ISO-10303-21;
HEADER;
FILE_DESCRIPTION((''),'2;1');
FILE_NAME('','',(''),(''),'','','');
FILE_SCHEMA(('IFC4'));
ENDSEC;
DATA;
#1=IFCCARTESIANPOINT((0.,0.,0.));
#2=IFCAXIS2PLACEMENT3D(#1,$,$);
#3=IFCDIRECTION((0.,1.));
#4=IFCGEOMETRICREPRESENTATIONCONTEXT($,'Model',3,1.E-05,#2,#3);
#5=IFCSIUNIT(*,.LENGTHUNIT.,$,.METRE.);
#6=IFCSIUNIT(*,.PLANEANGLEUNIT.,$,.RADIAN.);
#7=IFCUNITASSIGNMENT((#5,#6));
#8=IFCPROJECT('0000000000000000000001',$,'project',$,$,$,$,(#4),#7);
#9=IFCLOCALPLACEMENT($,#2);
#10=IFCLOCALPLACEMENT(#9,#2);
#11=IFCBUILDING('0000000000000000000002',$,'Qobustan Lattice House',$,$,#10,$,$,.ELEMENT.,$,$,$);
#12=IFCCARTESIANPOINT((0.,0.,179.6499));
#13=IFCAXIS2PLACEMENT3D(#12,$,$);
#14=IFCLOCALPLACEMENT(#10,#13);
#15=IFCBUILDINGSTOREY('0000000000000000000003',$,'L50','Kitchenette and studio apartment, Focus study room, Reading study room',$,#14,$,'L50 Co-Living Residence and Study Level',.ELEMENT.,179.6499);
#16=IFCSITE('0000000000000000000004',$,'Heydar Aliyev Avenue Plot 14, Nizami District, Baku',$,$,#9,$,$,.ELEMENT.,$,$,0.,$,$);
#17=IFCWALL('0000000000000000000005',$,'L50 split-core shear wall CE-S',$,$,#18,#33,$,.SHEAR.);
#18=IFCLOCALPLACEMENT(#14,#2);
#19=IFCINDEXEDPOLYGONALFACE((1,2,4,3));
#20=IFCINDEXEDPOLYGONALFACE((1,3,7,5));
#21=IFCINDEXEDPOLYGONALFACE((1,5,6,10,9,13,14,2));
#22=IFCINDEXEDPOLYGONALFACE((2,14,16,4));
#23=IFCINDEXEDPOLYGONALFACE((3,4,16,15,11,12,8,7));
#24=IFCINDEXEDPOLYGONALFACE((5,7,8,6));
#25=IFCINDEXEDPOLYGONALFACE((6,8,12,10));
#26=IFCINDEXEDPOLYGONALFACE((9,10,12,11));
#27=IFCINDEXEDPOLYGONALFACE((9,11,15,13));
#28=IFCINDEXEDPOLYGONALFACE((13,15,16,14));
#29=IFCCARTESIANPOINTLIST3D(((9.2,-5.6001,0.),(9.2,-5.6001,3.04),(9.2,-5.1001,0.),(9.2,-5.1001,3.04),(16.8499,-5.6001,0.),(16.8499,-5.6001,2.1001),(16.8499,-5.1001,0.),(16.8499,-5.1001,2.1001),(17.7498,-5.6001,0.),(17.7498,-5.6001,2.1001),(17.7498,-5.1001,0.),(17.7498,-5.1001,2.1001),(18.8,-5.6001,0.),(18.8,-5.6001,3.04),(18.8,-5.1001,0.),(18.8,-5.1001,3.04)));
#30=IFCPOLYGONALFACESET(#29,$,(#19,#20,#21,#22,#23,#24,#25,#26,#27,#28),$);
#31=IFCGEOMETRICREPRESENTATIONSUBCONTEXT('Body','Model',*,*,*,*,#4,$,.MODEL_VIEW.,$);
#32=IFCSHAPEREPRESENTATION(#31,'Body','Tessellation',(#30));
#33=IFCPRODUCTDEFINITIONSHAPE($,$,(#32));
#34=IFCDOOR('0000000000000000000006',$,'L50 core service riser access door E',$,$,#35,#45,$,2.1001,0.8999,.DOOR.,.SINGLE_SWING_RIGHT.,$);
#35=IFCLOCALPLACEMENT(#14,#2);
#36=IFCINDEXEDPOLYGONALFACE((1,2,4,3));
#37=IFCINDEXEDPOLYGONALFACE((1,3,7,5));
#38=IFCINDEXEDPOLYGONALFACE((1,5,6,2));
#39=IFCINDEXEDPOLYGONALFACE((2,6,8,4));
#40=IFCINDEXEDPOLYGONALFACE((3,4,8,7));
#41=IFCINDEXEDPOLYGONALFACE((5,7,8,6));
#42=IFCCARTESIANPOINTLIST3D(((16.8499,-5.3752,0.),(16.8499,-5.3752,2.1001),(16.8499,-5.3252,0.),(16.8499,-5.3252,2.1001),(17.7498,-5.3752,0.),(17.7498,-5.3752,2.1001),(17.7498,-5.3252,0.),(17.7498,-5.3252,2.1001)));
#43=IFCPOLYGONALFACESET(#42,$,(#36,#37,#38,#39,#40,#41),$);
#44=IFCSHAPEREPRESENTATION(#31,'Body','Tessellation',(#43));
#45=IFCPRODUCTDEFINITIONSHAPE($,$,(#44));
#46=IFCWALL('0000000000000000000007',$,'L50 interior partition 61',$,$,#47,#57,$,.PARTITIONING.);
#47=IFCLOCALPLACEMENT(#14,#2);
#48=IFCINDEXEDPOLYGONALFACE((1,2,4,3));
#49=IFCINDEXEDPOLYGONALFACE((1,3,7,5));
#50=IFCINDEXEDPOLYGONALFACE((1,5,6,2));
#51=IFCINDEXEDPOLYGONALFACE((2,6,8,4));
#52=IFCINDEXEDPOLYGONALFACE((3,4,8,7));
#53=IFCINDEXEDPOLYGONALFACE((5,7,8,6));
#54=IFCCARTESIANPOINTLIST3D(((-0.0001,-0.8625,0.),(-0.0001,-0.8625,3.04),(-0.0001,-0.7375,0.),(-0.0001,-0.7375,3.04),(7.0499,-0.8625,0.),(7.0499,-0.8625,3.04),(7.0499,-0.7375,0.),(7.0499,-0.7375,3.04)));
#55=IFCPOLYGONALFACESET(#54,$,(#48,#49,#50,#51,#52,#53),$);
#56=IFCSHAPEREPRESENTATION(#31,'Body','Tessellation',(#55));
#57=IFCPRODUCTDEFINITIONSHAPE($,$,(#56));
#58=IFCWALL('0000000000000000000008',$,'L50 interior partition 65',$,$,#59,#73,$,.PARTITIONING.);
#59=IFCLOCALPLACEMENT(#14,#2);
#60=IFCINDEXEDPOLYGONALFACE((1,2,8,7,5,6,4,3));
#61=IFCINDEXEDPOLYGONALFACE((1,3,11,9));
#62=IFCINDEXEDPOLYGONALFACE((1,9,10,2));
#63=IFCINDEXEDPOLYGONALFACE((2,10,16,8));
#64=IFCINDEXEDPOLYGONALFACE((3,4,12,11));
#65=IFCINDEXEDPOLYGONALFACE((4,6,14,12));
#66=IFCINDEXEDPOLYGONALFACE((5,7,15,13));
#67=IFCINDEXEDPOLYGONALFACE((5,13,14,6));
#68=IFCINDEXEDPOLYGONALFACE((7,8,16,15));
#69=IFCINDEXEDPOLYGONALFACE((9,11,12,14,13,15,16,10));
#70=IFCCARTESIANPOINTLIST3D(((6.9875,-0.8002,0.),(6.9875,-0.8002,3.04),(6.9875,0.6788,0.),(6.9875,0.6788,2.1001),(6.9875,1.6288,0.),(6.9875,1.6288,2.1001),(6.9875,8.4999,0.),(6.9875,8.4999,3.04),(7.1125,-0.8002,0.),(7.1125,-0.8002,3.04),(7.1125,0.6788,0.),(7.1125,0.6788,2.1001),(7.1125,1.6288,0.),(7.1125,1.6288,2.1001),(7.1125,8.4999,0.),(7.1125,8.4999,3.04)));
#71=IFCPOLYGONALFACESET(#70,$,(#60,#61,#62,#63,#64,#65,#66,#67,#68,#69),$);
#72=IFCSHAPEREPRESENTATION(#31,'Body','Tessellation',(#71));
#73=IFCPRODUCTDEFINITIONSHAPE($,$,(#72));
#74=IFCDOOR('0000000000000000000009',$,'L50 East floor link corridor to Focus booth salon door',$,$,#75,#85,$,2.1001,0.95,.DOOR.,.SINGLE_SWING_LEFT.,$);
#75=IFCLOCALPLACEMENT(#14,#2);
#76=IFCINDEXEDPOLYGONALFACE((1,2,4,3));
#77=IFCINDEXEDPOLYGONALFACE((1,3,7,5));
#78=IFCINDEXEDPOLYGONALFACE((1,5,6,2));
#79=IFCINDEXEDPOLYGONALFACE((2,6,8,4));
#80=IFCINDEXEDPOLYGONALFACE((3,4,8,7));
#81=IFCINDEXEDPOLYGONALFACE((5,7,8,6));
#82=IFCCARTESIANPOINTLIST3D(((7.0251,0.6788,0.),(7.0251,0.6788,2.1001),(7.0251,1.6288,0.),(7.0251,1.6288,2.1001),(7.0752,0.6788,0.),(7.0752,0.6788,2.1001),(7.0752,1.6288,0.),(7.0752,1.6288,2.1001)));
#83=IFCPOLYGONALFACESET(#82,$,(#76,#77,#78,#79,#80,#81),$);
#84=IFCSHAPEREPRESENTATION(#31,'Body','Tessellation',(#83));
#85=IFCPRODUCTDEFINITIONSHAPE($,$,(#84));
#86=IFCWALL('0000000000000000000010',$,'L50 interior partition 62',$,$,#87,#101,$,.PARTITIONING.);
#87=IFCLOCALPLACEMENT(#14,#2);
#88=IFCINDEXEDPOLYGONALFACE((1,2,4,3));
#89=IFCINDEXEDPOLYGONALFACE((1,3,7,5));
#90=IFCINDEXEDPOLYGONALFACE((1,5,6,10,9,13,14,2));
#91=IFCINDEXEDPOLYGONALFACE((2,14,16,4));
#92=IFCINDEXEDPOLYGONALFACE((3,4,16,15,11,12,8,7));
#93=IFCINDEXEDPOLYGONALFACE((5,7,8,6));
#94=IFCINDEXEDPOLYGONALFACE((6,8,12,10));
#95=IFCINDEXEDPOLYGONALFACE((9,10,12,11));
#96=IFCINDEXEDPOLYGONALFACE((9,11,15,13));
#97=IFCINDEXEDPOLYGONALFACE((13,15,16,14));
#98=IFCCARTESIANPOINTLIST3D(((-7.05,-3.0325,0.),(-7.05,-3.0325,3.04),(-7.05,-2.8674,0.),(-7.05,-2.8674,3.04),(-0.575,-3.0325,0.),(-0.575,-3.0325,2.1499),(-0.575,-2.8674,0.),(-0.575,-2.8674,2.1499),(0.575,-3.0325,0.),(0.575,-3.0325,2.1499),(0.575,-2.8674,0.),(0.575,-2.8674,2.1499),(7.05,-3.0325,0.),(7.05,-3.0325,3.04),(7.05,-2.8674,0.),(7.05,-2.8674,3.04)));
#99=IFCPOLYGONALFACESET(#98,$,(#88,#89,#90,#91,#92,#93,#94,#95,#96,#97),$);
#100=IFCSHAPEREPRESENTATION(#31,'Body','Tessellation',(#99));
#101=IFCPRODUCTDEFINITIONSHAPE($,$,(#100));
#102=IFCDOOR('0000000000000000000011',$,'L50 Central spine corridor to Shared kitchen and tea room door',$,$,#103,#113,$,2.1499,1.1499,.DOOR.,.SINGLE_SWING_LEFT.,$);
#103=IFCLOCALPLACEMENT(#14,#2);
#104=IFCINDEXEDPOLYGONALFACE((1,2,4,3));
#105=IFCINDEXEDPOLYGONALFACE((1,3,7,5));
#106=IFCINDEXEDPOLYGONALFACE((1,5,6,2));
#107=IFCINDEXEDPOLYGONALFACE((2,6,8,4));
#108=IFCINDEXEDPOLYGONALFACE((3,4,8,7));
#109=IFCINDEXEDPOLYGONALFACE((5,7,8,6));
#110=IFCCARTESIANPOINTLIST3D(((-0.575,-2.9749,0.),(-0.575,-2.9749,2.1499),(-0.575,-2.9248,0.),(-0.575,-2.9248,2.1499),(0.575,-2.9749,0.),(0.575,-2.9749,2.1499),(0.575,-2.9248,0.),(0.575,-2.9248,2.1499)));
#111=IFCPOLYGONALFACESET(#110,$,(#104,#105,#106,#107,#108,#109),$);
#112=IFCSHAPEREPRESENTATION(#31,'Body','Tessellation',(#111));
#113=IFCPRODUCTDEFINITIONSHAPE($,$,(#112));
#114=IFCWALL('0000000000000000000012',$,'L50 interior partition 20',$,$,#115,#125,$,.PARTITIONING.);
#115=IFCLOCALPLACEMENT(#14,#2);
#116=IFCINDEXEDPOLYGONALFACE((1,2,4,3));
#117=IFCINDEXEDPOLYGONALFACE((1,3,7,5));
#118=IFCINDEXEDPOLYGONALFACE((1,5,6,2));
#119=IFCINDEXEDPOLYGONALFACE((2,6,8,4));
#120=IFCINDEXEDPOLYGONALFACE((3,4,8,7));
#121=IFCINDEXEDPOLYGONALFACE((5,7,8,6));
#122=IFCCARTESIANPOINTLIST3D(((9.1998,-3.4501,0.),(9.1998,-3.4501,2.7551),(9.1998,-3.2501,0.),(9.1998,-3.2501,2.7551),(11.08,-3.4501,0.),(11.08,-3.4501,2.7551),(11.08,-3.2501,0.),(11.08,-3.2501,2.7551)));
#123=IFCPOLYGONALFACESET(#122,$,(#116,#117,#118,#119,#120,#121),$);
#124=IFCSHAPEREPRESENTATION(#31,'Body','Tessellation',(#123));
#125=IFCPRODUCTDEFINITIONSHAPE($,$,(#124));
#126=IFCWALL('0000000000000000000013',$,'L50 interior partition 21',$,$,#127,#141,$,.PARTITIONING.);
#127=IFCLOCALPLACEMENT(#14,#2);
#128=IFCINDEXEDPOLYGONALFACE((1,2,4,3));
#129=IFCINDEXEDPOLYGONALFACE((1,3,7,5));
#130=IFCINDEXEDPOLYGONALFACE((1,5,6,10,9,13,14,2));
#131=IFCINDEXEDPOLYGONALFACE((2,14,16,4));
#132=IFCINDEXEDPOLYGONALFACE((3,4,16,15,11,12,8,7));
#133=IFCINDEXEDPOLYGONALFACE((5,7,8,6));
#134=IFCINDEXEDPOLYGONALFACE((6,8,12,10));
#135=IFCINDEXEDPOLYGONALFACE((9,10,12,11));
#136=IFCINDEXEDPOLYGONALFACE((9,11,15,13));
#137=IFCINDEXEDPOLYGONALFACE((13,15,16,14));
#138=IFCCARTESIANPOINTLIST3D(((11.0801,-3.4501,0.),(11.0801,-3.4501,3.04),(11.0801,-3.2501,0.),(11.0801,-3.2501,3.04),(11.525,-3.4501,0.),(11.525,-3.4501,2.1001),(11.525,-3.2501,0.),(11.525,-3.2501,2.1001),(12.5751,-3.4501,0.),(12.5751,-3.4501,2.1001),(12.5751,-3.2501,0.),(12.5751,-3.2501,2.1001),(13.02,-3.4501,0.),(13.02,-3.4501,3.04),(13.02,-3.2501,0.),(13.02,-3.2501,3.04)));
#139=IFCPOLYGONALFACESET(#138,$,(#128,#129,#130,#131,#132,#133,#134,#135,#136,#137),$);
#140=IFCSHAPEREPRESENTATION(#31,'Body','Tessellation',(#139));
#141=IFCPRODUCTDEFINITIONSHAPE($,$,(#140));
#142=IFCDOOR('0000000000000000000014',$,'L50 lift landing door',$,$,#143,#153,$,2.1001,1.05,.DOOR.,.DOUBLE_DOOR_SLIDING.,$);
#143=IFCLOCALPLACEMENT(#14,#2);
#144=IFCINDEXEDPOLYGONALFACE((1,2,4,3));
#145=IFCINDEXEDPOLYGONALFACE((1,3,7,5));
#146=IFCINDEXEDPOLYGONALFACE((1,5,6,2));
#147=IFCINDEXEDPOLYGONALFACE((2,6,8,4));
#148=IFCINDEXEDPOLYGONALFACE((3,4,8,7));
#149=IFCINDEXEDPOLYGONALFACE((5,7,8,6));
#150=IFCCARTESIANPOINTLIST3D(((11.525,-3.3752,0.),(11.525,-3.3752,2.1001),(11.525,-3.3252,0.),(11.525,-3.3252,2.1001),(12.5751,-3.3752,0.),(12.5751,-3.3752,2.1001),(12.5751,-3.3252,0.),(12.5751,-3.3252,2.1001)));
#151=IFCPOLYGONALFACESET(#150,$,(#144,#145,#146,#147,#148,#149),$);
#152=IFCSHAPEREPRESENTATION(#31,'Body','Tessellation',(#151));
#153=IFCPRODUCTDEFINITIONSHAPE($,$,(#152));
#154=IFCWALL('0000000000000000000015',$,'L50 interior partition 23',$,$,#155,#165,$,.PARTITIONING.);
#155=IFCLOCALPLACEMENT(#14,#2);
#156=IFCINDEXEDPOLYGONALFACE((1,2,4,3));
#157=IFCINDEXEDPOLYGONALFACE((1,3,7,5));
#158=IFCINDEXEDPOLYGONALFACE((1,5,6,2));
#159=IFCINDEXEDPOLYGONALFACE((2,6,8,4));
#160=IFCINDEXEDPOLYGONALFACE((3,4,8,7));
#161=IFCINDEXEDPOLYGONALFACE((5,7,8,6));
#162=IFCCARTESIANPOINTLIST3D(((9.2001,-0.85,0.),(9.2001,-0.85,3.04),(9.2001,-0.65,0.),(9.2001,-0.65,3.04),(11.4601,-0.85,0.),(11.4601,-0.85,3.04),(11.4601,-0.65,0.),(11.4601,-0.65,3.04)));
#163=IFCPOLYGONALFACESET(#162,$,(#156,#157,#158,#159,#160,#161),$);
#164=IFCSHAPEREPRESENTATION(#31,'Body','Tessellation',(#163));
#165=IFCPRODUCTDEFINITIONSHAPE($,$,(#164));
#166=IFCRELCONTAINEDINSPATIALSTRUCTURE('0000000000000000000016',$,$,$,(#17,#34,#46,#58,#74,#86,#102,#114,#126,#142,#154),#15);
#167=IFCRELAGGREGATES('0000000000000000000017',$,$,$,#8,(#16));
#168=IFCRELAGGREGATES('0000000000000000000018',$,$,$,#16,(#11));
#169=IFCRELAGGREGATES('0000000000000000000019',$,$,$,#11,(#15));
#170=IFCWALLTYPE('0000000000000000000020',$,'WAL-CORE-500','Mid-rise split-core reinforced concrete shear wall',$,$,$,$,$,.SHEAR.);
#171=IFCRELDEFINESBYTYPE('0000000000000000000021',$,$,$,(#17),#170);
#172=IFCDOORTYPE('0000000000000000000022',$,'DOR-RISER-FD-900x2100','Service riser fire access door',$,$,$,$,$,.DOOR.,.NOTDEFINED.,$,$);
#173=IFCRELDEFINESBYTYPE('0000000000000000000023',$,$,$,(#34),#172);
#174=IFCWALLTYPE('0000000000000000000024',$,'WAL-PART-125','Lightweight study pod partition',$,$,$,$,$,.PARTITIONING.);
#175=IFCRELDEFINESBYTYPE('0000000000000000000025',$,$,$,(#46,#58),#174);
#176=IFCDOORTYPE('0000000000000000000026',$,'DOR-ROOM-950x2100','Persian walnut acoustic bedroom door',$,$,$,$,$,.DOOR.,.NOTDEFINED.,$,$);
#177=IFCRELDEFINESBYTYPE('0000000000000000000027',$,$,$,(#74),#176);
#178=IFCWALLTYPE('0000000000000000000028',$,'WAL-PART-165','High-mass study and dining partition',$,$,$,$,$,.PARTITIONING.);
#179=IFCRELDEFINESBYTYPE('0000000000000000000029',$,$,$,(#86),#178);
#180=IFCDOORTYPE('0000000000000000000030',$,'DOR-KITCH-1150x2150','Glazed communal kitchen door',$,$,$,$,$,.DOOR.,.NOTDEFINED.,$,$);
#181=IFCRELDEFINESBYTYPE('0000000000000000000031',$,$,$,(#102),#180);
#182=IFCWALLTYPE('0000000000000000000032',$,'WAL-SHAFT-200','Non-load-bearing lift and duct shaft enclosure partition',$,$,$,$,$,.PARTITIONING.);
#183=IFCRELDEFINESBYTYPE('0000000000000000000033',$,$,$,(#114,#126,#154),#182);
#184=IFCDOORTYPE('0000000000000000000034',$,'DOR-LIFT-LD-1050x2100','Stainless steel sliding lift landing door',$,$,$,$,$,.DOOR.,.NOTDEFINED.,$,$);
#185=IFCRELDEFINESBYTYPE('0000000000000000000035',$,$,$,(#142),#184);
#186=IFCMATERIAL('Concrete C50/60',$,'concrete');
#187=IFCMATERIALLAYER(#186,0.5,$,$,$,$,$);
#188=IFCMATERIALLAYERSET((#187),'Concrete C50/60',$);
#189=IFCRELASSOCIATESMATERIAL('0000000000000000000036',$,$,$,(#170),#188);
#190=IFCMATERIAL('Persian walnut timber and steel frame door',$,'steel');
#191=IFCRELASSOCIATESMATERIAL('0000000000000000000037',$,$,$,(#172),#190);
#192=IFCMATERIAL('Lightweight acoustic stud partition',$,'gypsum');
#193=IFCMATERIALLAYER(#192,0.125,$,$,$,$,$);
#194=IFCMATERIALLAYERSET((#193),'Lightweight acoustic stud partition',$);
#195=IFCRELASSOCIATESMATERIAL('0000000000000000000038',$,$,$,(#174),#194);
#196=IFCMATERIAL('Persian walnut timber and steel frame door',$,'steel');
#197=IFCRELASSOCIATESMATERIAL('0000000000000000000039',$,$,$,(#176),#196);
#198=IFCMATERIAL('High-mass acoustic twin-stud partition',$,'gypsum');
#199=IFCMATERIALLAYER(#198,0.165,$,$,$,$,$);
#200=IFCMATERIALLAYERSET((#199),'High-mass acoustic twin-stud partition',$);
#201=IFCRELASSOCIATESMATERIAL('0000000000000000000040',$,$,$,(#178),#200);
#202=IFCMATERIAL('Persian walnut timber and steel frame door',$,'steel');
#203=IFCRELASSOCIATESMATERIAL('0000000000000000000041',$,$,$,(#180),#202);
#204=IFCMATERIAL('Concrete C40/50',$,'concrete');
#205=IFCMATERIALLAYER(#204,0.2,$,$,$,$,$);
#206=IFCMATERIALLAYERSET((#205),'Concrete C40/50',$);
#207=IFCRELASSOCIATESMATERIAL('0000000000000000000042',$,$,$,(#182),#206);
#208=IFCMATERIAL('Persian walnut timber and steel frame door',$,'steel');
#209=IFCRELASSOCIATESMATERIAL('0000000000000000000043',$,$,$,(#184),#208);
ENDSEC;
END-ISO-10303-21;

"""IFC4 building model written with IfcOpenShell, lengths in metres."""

from ifc_helpers import new_model, si_unit, direction, frame, frame_2d, origin, place, context, subcontext, project, spatial, rectangle, extrude, material, layer, layer_set, type_object, element, fill, save


model = new_model("IFC4")

# Units and contexts
model_context = context("Model", 3, precision=1e-05, world=origin(), true_north=direction((0.0, 1.0)))
body_context = subcontext(model_context, "Body", "Model", "MODEL_VIEW")
ifc_project = project(units=[si_unit("LENGTHUNIT", "METRE"), si_unit("PLANEANGLEUNIT", "RADIAN")], contexts=[model_context])

# Site, building, storey
site_placement = place(None, origin())
site = spatial("IfcSite", under=ifc_project, at=site_placement, Name="Heydar Aliyev Avenue Plot 14, Nizami District, Baku", CompositionType="ELEMENT", RefElevation=0.0)
building_placement = place(site_placement, origin())
building = spatial("IfcBuilding", under=site, at=building_placement, Name="Qobustan Lattice House", CompositionType="ELEMENT")
storey_placement = place(building_placement, frame((0.0, 0.0, 179.6499)))
storey = spatial("IfcBuildingStorey", under=building, at=storey_placement, Name="L50", Description="Kitchenette and studio apartment, Focus study room, Reading study room", LongName="L50 Co-Living Residence and Study Level", CompositionType="ELEMENT", Elevation=179.6499)

# Wall, opening, door
ifc_material_1 = material(Name="Concrete C50/60", Category="concrete")
ifc_layer_1 = layer(ifc_material_1, 0.5)
ifc_layer_set_1 = layer_set([ifc_layer_1], Name="Concrete C50/60")
wall_type_1 = type_object("IfcWallType", Name="WAL-CORE-500", Description="Mid-rise split-core reinforced concrete shear wall", PredefinedType="SHEAR", material=ifc_layer_set_1)
wall_1_placement = place(storey_placement, frame((9.2, -5.3501, 0.0), z_axis=(0.0, 0.0, 1.0), x_axis=(1.0, 0.0, 0.0)))
wall_1 = element("IfcWall", 1, at=wall_1_placement, inside=storey, type_object=wall_type_1, Name="L50 split-core shear wall CE-S", PredefinedType="SHEAR", context=body_context, shape_type="SweptSolid", body=[
    extrude(rectangle(XDim=9.6001, YDim=0.5, at=frame_2d((4.8, 0.0))), origin(), (0.0, 0.0, 1.0), 3.04),
])
opening_1_placement = place(wall_1_placement, frame((7.6499, 0.0, 0.0)))
opening_1 = element("IfcOpeningElement", 2, at=opening_1_placement, cuts=wall_1, PredefinedType="OPENING", context=body_context, shape_type="SweptSolid", body=[
    extrude(rectangle(XDim=0.8999, YDim=2.1001, at=frame_2d((0.45, 1.05))), frame((0.0, 0.26, 0.0), z_axis=(0.0, -1.0, 0.0), x_axis=(1.0, 0.0, 0.0)), (0.0, 0.0, 1.0), 0.52),
])
ifc_material_2 = material(Name="Persian walnut timber and steel frame door", Category="steel")
door_type_1 = type_object("IfcDoorType", Name="DOR-RISER-FD-900x2100", Description="Service riser fire access door", OperationType="NOTDEFINED", PredefinedType="DOOR", material=ifc_material_2)
door_1_placement = place(opening_1_placement, origin())
door_1 = element("IfcDoor", 3, at=door_1_placement, inside=storey, type_object=door_type_1, Name="L50 core service riser access door E", OperationType="SINGLE_SWING_RIGHT", OverallHeight=2.1001, OverallWidth=0.8999, PredefinedType="DOOR", context=body_context, shape_type="SweptSolid", body=[
    extrude(rectangle(XDim=0.8999, YDim=2.1001, at=frame_2d((0.45, 1.05))), frame((0.0, 0.0249, 0.0), z_axis=(0.0, -1.0, 0.0), x_axis=(1.0, 0.0, 0.0)), (0.0, 0.0, 1.0), 0.05),
])
fill(opening_1, door_1)

# Wall
ifc_material_3 = material(Name="Lightweight acoustic stud partition", Category="gypsum")
ifc_layer_2 = layer(ifc_material_3, 0.125)
ifc_layer_set_2 = layer_set([ifc_layer_2], Name="Lightweight acoustic stud partition")
wall_type_2 = type_object("IfcWallType", Name="WAL-PART-125", Description="Lightweight study pod partition", PredefinedType="PARTITIONING", material=ifc_layer_set_2)
wall_2_placement = place(storey_placement, frame((0.0, -0.8, 0.0), z_axis=(0.0, 0.0, 1.0), x_axis=(1.0, 0.0, 0.0)))
element("IfcWall", 4, at=wall_2_placement, inside=storey, type_object=wall_type_2, Name="L50 interior partition 61", PredefinedType="PARTITIONING", context=body_context, shape_type="SweptSolid", body=[
    extrude(rectangle(XDim=7.05, YDim=0.125, at=frame_2d((3.5249, 0.0))), origin(), (0.0, 0.0, 1.0), 3.04),
])

# Walls, openings, doors
wall_3_placement = place(storey_placement, frame((7.05, -0.8, 0.0), z_axis=(0.0, 0.0, 1.0), x_axis=(0.0, 1.0, 0.0)))
wall_3 = element("IfcWall", 5, at=wall_3_placement, inside=storey, type_object=wall_type_2, Name="L50 interior partition 65", PredefinedType="PARTITIONING", context=body_context, shape_type="SweptSolid", body=[
    extrude(rectangle(XDim=9.3, YDim=0.125, at=frame_2d((4.6499, 0.0))), origin(), (0.0, 0.0, 1.0), 3.04),
])
opening_2_placement = place(wall_3_placement, frame((1.4788, 0.0, 0.0)))
opening_2 = element("IfcOpeningElement", 6, at=opening_2_placement, cuts=wall_3, PredefinedType="OPENING", context=body_context, shape_type="SweptSolid", body=[
    extrude(rectangle(XDim=0.95, YDim=2.1001, at=frame_2d((0.4751, 1.05))), frame((0.0, 0.0725, 0.0), z_axis=(0.0, -1.0, 0.0), x_axis=(1.0, 0.0, 0.0)), (0.0, 0.0, 1.0), 0.145),
])
ifc_material_4 = material(Name="Persian walnut timber and steel frame door", Category="steel")
door_type_2 = type_object("IfcDoorType", Name="DOR-ROOM-950x2100", Description="Persian walnut acoustic bedroom door", OperationType="NOTDEFINED", PredefinedType="DOOR", material=ifc_material_4)
door_2_placement = place(opening_2_placement, origin())
door_2 = element("IfcDoor", 7, at=door_2_placement, inside=storey, type_object=door_type_2, Name="L50 East floor link corridor to Focus booth salon door", OperationType="SINGLE_SWING_LEFT", OverallHeight=2.1001, OverallWidth=0.95, PredefinedType="DOOR", context=body_context, shape_type="SweptSolid", body=[
    extrude(rectangle(XDim=0.95, YDim=2.1001, at=frame_2d((0.4751, 1.05))), frame((0.0, 0.0249, 0.0), z_axis=(0.0, -1.0, 0.0), x_axis=(1.0, 0.0, 0.0)), (0.0, 0.0, 1.0), 0.05),
])
fill(opening_2, door_2)
ifc_material_5 = material(Name="High-mass acoustic twin-stud partition", Category="gypsum")
ifc_layer_3 = layer(ifc_material_5, 0.165)
ifc_layer_set_3 = layer_set([ifc_layer_3], Name="High-mass acoustic twin-stud partition")
wall_type_3 = type_object("IfcWallType", Name="WAL-PART-165", Description="High-mass study and dining partition", PredefinedType="PARTITIONING", material=ifc_layer_set_3)
wall_4_placement = place(storey_placement, frame((7.05, -2.95, 0.0), z_axis=(0.0, 0.0, 1.0), x_axis=(-1.0, 0.0, 0.0)))
wall_4 = element("IfcWall", 8, at=wall_4_placement, inside=storey, type_object=wall_type_3, Name="L50 interior partition 62", PredefinedType="PARTITIONING", context=body_context, shape_type="SweptSolid", body=[
    extrude(rectangle(XDim=14.1001, YDim=0.165, at=frame_2d((7.05, 0.0))), origin(), (0.0, 0.0, 1.0), 3.04),
])
opening_3_placement = place(wall_4_placement, frame((6.4751, 0.0, 0.0)))
opening_3 = element("IfcOpeningElement", 9, at=opening_3_placement, cuts=wall_4, PredefinedType="OPENING", context=body_context, shape_type="SweptSolid", body=[
    extrude(rectangle(XDim=1.1499, YDim=2.1499, at=frame_2d((0.575, 1.075))), frame((0.0, 0.0925, 0.0), z_axis=(0.0, -1.0, 0.0), x_axis=(1.0, 0.0, 0.0)), (0.0, 0.0, 1.0), 0.1851),
])
ifc_material_6 = material(Name="Persian walnut timber and steel frame door", Category="steel")
door_type_3 = type_object("IfcDoorType", Name="DOR-KITCH-1150x2150", Description="Glazed communal kitchen door", OperationType="NOTDEFINED", PredefinedType="DOOR", material=ifc_material_6)
door_3_placement = place(opening_3_placement, origin())
door_3 = element("IfcDoor", 10, at=door_3_placement, inside=storey, type_object=door_type_3, Name="L50 Central spine corridor to Shared kitchen and tea room door", OperationType="SINGLE_SWING_LEFT", OverallHeight=2.1499, OverallWidth=1.1499, PredefinedType="DOOR", context=body_context, shape_type="SweptSolid", body=[
    extrude(rectangle(XDim=1.1499, YDim=2.1499, at=frame_2d((0.575, 1.075))), frame((0.0, 0.0249, 0.0), z_axis=(0.0, -1.0, 0.0), x_axis=(1.0, 0.0, 0.0)), (0.0, 0.0, 1.0), 0.05),
])
fill(opening_3, door_3)

# Wall
ifc_material_7 = material(Name="Concrete C40/50", Category="concrete")
ifc_layer_4 = layer(ifc_material_7, 0.2)
ifc_layer_set_4 = layer_set([ifc_layer_4], Name="Concrete C40/50")
wall_type_4 = type_object("IfcWallType", Name="WAL-SHAFT-200", Description="Non-load-bearing lift and duct shaft enclosure partition", PredefinedType="PARTITIONING", material=ifc_layer_set_4)
wall_5_placement = place(storey_placement, frame((9.2, -3.3501, 0.0), z_axis=(0.0, 0.0, 1.0), x_axis=(1.0, 0.0, 0.0)))
element("IfcWall", 11, at=wall_5_placement, inside=storey, type_object=wall_type_4, Name="L50 interior partition 20", PredefinedType="PARTITIONING", context=body_context, shape_type="SweptSolid", body=[
    extrude(rectangle(XDim=1.8801, YDim=0.2, at=frame_2d((0.9399, 0.0))), origin(), (0.0, 0.0, 1.0), 2.7551),
])

# Wall, opening, door
wall_6_placement = place(storey_placement, frame((11.0801, -3.3501, 0.0), z_axis=(0.0, 0.0, 1.0), x_axis=(1.0, 0.0, 0.0)))
wall_6 = element("IfcWall", 12, at=wall_6_placement, inside=storey, type_object=wall_type_4, Name="L50 interior partition 21", PredefinedType="PARTITIONING", context=body_context, shape_type="SweptSolid", body=[
    extrude(rectangle(XDim=1.9399, YDim=0.2, at=frame_2d((0.97, 0.0))), origin(), (0.0, 0.0, 1.0), 3.04),
])
opening_4_placement = place(wall_6_placement, frame((0.4451, 0.0, 0.0)))
opening_4 = element("IfcOpeningElement", 13, at=opening_4_placement, cuts=wall_6, PredefinedType="OPENING", context=body_context, shape_type="SweptSolid", body=[
    extrude(rectangle(XDim=1.05, YDim=2.1001, at=frame_2d((0.5249, 1.05))), frame((0.0, 0.1099, 0.0), z_axis=(0.0, -1.0, 0.0), x_axis=(1.0, 0.0, 0.0)), (0.0, 0.0, 1.0), 0.22),
])
ifc_material_8 = material(Name="Persian walnut timber and steel frame door", Category="steel")
door_type_4 = type_object("IfcDoorType", Name="DOR-LIFT-LD-1050x2100", Description="Stainless steel sliding lift landing door", OperationType="NOTDEFINED", PredefinedType="DOOR", material=ifc_material_8)
door_4_placement = place(opening_4_placement, origin())
door_4 = element("IfcDoor", 14, at=door_4_placement, inside=storey, type_object=door_type_4, Name="L50 lift landing door", OperationType="DOUBLE_DOOR_SLIDING", OverallHeight=2.1001, OverallWidth=1.05, PredefinedType="DOOR", context=body_context, shape_type="SweptSolid", body=[
    extrude(rectangle(XDim=1.05, YDim=2.1001, at=frame_2d((0.5249, 1.05))), frame((0.0, 0.0249, 0.0), z_axis=(0.0, -1.0, 0.0), x_axis=(1.0, 0.0, 0.0)), (0.0, 0.0, 1.0), 0.05),
])
fill(opening_4, door_4)

# Wall
wall_7_placement = place(storey_placement, frame((11.46, -0.75, 0.0), z_axis=(0.0, 0.0, 1.0), x_axis=(-1.0, 0.0, 0.0)))
element("IfcWall", 15, at=wall_7_placement, inside=storey, type_object=wall_type_4, Name="L50 interior partition 23", PredefinedType="PARTITIONING", context=body_context, shape_type="SweptSolid", body=[
    extrude(rectangle(XDim=2.26, YDim=0.2, at=frame_2d((1.1299, 0.0))), origin(), (0.0, 0.0, 1.0), 3.04),
])

save(model, "model.ifc")
